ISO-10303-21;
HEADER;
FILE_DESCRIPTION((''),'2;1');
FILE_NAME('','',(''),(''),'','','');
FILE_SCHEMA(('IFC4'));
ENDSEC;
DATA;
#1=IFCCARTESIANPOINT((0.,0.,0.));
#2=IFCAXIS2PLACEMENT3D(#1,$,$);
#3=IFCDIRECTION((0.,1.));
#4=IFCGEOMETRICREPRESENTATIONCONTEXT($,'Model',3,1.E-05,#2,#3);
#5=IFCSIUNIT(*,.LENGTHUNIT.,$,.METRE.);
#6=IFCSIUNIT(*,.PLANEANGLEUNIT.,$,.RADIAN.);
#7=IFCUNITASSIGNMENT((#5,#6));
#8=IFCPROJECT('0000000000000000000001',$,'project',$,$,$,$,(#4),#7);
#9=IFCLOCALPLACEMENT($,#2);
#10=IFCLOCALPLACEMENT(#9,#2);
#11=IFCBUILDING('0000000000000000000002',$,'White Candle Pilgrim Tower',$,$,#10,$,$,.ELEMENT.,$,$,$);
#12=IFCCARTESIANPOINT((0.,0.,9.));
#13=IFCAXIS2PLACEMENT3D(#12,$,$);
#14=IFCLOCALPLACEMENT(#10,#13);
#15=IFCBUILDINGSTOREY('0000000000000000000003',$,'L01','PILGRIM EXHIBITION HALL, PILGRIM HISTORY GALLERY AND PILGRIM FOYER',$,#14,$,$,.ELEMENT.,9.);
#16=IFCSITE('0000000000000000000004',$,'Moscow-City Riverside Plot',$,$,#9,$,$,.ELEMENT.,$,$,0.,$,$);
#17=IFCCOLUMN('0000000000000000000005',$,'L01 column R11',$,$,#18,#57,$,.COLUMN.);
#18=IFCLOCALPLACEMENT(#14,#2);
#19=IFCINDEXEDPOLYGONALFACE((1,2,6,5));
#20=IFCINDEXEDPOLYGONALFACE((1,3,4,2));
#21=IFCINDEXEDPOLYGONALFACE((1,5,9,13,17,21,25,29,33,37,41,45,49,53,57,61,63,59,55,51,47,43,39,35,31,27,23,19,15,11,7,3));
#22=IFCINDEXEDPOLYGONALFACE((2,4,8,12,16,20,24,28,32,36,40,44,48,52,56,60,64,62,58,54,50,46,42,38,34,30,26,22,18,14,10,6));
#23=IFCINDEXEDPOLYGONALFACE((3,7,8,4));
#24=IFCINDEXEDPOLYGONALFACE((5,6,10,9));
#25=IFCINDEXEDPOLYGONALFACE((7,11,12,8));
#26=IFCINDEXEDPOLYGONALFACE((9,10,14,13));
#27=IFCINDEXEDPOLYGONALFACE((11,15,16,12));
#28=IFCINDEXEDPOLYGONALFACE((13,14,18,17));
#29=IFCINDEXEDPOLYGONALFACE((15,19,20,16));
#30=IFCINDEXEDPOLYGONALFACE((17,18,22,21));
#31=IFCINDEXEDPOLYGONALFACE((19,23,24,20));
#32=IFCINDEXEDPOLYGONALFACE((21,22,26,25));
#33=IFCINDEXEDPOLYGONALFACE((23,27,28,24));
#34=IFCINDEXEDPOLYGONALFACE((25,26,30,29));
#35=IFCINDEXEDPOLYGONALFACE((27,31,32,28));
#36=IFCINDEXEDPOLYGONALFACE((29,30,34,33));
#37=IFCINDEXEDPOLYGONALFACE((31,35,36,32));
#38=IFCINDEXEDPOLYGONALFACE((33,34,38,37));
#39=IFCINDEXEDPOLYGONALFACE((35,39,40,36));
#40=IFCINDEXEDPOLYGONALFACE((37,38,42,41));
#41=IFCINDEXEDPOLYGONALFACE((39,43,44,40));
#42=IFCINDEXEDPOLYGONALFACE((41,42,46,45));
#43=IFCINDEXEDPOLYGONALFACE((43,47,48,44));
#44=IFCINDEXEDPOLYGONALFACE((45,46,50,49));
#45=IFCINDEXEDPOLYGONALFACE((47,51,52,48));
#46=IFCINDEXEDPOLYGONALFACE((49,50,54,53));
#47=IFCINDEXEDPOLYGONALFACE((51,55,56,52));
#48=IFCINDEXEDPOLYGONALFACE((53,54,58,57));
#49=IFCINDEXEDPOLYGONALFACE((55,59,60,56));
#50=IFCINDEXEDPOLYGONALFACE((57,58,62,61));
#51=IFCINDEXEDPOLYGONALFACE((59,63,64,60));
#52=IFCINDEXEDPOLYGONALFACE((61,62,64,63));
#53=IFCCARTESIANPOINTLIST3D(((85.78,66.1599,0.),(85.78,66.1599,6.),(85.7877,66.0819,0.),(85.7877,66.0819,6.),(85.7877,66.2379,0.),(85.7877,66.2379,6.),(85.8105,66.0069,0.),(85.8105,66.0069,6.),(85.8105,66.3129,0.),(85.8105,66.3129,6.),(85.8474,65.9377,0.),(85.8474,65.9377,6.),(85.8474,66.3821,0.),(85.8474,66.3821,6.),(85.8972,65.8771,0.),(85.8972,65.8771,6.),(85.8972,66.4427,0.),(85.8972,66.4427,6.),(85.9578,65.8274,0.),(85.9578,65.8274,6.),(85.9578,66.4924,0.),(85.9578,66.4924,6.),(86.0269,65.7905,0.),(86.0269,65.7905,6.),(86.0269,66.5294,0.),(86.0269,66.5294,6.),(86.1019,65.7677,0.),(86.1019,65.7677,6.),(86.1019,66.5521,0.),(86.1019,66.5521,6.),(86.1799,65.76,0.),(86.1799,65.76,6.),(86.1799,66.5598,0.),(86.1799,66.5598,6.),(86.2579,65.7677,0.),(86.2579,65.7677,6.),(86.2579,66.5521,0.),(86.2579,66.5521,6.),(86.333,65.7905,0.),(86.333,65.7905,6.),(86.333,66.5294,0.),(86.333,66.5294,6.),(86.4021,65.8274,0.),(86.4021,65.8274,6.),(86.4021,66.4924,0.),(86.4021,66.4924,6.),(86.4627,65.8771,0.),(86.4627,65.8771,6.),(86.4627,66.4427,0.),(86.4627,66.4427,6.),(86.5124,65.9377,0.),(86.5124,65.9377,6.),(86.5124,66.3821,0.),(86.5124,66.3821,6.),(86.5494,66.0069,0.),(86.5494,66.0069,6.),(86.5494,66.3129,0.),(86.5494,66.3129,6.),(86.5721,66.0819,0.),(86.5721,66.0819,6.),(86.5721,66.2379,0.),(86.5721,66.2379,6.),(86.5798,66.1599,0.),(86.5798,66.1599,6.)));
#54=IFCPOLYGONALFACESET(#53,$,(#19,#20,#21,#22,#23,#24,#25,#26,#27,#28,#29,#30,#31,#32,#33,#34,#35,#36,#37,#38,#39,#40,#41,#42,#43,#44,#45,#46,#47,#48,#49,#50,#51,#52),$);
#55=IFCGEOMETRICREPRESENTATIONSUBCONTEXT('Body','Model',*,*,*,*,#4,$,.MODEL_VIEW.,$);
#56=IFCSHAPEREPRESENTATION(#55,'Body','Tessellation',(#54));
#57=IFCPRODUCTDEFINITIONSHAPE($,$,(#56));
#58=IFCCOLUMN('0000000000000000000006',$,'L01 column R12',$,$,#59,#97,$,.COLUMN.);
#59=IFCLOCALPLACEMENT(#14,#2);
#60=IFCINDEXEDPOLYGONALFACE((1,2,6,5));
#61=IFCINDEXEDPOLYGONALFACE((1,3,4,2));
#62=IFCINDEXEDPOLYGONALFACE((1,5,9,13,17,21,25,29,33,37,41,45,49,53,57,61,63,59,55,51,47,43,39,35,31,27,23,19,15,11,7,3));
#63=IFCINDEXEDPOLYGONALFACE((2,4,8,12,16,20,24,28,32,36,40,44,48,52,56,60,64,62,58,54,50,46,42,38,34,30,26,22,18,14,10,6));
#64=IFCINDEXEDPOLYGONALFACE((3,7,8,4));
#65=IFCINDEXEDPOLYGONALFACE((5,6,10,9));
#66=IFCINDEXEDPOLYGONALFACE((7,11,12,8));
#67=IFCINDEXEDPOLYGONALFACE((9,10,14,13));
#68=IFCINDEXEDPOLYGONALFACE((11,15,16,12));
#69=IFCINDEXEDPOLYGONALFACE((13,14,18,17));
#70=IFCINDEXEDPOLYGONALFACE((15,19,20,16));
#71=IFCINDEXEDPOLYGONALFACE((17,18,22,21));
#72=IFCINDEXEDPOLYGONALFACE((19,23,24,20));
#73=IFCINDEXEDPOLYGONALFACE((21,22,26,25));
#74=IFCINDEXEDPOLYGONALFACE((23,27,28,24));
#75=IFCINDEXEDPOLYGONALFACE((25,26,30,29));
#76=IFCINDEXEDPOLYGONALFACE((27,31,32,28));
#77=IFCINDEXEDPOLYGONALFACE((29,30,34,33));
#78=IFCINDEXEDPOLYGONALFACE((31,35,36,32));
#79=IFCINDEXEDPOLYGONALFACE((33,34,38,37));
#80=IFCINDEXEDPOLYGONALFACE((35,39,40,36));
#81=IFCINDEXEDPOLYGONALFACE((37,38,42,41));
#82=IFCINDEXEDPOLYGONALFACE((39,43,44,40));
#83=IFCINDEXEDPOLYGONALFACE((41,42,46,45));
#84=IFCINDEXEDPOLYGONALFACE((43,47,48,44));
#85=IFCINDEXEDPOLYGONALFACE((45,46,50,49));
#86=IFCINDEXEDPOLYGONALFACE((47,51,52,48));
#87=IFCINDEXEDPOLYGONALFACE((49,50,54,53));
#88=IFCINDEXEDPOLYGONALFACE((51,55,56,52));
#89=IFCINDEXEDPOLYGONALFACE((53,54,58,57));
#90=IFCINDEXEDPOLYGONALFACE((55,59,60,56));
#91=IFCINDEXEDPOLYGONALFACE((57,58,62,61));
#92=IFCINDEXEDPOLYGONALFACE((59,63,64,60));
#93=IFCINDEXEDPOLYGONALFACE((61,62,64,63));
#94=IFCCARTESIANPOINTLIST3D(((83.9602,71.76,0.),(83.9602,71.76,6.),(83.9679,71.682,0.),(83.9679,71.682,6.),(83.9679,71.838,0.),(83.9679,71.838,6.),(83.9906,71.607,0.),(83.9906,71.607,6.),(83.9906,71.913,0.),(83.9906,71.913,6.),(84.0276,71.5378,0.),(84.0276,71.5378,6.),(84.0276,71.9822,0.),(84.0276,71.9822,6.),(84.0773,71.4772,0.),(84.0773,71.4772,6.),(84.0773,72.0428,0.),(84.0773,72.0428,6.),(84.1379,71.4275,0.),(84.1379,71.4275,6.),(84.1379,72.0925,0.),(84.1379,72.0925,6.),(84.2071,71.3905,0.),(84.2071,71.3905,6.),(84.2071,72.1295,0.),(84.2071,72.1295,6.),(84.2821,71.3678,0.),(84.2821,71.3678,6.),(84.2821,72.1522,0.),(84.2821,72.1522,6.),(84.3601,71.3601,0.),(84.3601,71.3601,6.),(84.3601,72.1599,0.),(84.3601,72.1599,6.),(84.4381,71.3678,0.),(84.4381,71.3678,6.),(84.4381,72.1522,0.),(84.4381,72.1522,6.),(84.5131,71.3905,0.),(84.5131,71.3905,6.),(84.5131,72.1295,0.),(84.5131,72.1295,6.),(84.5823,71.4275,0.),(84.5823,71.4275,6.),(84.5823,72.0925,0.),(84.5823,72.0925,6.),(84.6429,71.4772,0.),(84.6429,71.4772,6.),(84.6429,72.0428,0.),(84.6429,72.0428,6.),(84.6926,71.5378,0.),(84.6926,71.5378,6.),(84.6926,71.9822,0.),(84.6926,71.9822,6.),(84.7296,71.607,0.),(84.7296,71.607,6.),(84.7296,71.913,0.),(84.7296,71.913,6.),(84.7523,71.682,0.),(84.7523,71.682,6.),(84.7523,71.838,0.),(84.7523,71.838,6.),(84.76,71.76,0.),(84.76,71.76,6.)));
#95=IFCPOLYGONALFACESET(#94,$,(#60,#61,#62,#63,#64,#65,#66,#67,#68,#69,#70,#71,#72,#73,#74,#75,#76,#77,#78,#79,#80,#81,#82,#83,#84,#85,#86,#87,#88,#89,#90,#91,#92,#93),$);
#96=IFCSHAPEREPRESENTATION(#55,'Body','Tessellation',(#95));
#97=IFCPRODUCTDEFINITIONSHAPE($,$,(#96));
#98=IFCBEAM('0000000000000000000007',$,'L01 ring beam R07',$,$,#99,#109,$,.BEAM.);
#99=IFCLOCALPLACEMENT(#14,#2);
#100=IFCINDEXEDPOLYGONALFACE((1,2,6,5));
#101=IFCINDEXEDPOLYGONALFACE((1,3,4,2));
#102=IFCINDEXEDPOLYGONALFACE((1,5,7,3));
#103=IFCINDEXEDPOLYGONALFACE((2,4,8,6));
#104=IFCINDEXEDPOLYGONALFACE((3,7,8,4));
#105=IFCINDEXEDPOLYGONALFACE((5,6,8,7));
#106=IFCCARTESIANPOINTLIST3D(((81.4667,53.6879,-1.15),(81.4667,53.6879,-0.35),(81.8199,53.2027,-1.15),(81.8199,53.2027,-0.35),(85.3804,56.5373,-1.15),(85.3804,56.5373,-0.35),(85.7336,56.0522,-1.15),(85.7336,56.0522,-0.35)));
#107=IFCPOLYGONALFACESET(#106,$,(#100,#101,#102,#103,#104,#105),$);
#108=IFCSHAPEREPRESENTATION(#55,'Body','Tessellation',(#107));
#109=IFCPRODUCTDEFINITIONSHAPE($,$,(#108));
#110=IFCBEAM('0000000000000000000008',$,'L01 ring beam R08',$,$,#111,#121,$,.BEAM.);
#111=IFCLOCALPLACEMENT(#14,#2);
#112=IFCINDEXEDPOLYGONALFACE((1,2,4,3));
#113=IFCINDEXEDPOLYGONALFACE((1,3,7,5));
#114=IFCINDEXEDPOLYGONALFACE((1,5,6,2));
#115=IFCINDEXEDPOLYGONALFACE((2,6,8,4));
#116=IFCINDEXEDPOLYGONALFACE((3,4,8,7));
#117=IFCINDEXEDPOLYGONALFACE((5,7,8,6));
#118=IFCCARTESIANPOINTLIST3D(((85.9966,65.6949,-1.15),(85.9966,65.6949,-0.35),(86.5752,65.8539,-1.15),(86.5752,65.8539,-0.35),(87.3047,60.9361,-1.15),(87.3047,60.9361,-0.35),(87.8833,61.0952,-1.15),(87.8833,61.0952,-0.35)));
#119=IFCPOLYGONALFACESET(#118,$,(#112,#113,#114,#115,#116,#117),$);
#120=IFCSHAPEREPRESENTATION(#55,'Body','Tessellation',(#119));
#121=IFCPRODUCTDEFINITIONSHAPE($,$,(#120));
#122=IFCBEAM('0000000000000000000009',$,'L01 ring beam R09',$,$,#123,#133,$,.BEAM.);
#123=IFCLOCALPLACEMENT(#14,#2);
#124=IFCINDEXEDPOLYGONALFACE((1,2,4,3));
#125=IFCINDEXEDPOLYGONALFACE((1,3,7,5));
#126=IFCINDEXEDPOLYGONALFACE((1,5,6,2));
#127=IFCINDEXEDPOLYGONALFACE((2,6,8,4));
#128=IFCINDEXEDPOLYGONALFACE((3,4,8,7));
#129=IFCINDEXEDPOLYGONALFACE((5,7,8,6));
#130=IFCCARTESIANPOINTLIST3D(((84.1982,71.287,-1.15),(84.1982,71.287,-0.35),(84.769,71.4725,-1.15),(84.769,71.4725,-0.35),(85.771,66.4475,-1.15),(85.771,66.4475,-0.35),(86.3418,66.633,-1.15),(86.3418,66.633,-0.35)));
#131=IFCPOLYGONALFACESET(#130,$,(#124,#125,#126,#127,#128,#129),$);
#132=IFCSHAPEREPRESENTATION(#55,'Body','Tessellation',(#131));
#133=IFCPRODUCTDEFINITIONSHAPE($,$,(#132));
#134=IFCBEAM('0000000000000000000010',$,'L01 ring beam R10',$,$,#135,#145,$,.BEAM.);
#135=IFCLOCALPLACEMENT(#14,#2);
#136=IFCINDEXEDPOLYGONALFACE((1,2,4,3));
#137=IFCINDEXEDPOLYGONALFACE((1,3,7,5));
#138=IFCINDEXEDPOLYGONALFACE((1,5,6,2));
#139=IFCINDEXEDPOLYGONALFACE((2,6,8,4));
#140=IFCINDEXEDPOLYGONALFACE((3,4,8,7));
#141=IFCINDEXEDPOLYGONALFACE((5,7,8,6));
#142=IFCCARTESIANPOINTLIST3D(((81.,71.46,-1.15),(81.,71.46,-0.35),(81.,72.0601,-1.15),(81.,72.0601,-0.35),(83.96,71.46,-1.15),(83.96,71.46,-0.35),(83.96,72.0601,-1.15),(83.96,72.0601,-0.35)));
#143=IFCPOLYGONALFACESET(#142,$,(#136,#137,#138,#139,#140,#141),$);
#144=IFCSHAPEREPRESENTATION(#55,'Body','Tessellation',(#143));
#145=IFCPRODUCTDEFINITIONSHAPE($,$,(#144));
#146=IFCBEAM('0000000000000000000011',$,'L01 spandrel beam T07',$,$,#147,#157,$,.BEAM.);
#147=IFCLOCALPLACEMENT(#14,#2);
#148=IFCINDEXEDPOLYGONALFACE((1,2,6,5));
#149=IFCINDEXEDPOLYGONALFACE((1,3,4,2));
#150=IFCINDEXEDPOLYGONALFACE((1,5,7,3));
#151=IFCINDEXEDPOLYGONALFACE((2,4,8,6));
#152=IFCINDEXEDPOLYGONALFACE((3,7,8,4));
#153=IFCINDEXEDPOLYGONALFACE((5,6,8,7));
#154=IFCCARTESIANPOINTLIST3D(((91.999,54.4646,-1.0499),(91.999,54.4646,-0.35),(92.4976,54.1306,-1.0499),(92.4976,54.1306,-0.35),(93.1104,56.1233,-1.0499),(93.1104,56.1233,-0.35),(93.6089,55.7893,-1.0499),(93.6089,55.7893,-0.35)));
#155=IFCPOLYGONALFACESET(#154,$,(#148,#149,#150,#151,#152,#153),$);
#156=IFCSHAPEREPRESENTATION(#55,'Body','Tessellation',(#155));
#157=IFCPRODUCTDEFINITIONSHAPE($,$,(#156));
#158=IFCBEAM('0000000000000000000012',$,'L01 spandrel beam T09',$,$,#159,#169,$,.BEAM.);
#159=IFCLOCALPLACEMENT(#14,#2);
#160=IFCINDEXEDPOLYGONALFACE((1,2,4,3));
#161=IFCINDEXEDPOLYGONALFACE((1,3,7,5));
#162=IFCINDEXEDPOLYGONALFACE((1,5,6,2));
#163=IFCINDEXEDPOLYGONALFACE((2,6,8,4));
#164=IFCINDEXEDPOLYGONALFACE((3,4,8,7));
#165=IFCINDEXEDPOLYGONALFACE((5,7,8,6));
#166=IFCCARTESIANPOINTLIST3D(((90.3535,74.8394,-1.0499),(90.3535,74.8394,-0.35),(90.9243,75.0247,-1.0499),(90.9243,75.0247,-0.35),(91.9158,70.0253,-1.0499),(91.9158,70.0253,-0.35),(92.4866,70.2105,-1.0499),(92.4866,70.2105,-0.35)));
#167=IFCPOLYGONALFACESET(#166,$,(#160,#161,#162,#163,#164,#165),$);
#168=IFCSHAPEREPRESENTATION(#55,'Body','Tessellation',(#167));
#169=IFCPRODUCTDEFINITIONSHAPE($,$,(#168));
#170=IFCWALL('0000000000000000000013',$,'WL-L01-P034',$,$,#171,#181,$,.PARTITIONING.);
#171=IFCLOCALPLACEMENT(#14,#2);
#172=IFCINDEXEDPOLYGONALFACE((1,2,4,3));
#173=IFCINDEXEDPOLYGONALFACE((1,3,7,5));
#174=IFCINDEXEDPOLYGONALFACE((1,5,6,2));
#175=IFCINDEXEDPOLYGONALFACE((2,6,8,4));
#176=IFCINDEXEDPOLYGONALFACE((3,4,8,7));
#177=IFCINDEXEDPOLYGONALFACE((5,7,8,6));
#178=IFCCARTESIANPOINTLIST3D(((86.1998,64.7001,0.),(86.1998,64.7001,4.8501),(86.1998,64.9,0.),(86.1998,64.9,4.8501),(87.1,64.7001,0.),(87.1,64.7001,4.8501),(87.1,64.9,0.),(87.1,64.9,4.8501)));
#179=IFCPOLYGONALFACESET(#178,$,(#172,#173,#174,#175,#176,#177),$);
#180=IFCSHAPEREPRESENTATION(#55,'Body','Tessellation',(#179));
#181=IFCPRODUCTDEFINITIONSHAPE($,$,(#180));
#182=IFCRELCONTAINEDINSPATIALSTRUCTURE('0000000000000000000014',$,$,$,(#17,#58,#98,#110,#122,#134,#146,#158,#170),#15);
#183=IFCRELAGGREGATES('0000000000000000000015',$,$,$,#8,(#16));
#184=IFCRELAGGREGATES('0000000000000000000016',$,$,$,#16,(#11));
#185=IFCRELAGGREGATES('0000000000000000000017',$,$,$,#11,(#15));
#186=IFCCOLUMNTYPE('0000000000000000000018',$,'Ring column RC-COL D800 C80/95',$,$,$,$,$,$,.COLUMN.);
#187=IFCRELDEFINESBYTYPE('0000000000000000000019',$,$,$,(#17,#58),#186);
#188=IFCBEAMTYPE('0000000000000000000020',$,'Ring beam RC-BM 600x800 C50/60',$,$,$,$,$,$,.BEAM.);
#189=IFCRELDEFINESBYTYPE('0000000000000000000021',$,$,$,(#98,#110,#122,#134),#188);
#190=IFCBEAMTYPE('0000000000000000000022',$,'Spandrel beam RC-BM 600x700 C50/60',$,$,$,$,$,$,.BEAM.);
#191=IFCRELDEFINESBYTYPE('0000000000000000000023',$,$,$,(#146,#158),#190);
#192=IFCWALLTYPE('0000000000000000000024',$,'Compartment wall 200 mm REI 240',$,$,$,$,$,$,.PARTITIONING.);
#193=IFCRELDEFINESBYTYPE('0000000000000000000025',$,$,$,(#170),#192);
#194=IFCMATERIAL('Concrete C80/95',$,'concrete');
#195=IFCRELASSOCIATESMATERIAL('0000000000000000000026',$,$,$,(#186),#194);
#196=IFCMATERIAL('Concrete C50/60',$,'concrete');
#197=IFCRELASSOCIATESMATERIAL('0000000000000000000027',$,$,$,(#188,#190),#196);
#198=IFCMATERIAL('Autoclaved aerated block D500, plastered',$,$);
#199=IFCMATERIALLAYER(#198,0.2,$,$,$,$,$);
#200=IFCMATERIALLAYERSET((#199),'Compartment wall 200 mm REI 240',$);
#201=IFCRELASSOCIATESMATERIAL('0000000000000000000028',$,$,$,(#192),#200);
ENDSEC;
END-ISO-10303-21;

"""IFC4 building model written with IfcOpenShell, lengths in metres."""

from ifc_helpers import new_model, si_unit, direction, frame, frame_2d, origin, origin_2d, place, context, subcontext, project, spatial, rectangle, circle, extrude, material, layer, layer_set, material_profile, profile_set, type_object, element, save


model = new_model("IFC4")

# Units and contexts
model_context = context("Model", 3, precision=1e-05, world=origin(), true_north=direction((0.0, 1.0)))
body_context = subcontext(model_context, "Body", "Model", "MODEL_VIEW")
ifc_project = project(units=[si_unit("LENGTHUNIT", "METRE"), si_unit("PLANEANGLEUNIT", "RADIAN")], contexts=[model_context])

# Site, building, storey
site_placement = place(None, origin())
site = spatial("IfcSite", under=ifc_project, at=site_placement, Name="Moscow-City Riverside Plot", CompositionType="ELEMENT", RefElevation=0.0)
building_placement = place(site_placement, origin())
building = spatial("IfcBuilding", under=site, at=building_placement, Name="White Candle Pilgrim Tower", CompositionType="ELEMENT")
storey_placement = place(building_placement, frame((0.0, 0.0, 9.0)))
storey = spatial("IfcBuildingStorey", under=building, at=storey_placement, Name="L01", Description="PILGRIM EXHIBITION HALL, PILGRIM HISTORY GALLERY AND PILGRIM FOYER", CompositionType="ELEMENT", Elevation=9.0)

# Columns
ifc_material_1 = material(Name="Concrete C80/95", Category="concrete")
ifc_material_profile_1 = material_profile(ifc_material_1, circle(Radius=0.3999, at=origin_2d()), Name="RC-COL D800")
ifc_profile_set_1 = profile_set([ifc_material_profile_1], Name="Concrete C80/95")
column_type_1 = type_object("IfcColumnType", Name="Ring column RC-COL D800 C80/95", PredefinedType="COLUMN", material=ifc_profile_set_1)
for number, where, z_axis, x_axis, name in (
    (1, (86.1799, 66.1599, 0.0), (0.0, 0.0, 1.0), (1.0, 0.0, 0.0), "L01 column R11"),
    (2, (84.3601, 71.76, 0.0), (0.0, 0.0, 1.0), (1.0, 0.0, 0.0), "L01 column R12"),
):
    element("IfcColumn", number, at=place(storey_placement, frame(where, z_axis=z_axis, x_axis=x_axis)), inside=storey, type_object=column_type_1, Name=name, PredefinedType="COLUMN", context=body_context, shape_type="SweptSolid", body=[
        extrude(circle(Radius=0.3999, at=origin_2d()), origin(), (0.0, 0.0, 1.0), 6.0),
    ])

# Beams
ifc_material_2 = material(Name="Concrete C50/60", Category="concrete")
ifc_material_profile_2 = material_profile(ifc_material_2, rectangle(XDim=0.6001, YDim=0.8, at=origin_2d()), Name="RC-BM 600x800")
ifc_profile_set_2 = profile_set([ifc_material_profile_2], Name="Concrete C50/60")
beam_type_1 = type_object("IfcBeamType", Name="Ring beam RC-BM 600x800 C50/60", PredefinedType="BEAM", material=ifc_profile_set_2)
beam_1_placement = place(storey_placement, frame((81.6433, 53.4453, -0.75), z_axis=(0.808428, 0.588594, 0.0), x_axis=(-0.588594, 0.808428, 0.0)))
element("IfcBeam", 3, at=beam_1_placement, inside=storey, type_object=beam_type_1, Name="L01 ring beam R07", PredefinedType="BEAM", context=body_context, shape_type="SweptSolid", body=[
    extrude(rectangle(XDim=0.6001, YDim=0.8, at=origin_2d()), origin(), (0.0, 0.0, 1.0), 4.8411),
])
beam_2_placement = place(storey_placement, frame((87.594, 61.0156, -0.75), z_axis=(-0.265051, 0.964234, 0.0), x_axis=(-0.964234, -0.265051, 0.0)))
element("IfcBeam", 4, at=beam_2_placement, inside=storey, type_object=beam_type_1, Name="L01 ring beam R08", PredefinedType="BEAM", context=body_context, shape_type="SweptSolid", body=[
    extrude(rectangle(XDim=0.6001, YDim=0.8, at=origin_2d()), origin(), (0.0, 0.0, 1.0), 4.9353),
])
beam_3_placement = place(storey_placement, frame((86.0564, 66.5403, -0.75), z_axis=(-0.30908, 0.951036, 0.0), x_axis=(-0.951036, -0.30908, 0.0)))
element("IfcBeam", 5, at=beam_3_placement, inside=storey, type_object=beam_type_1, Name="L01 ring beam R09", PredefinedType="BEAM", context=body_context, shape_type="SweptSolid", body=[
    extrude(rectangle(XDim=0.6001, YDim=0.8, at=origin_2d()), origin(), (0.0, 0.0, 1.0), 5.0886),
])
beam_4_placement = place(storey_placement, frame((83.96, 71.76, -0.75), z_axis=(-1.0, 0.0, 0.0), x_axis=(0.0, -1.0, 0.0)))
element("IfcBeam", 6, at=beam_4_placement, inside=storey, type_object=beam_type_1, Name="L01 ring beam R10", PredefinedType="BEAM", context=body_context, shape_type="SweptSolid", body=[
    extrude(rectangle(XDim=0.6001, YDim=0.8, at=origin_2d()), origin(), (0.0, 0.0, 1.0), 2.96),
])
ifc_material_profile_3 = material_profile(ifc_material_2, rectangle(XDim=0.6001, YDim=0.7, at=origin_2d()), Name="RC-BM 600x700")
ifc_profile_set_3 = profile_set([ifc_material_profile_3], Name="Concrete C50/60")
beam_type_2 = type_object("IfcBeamType", Name="Spandrel beam RC-BM 600x700 C50/60", PredefinedType="BEAM", material=ifc_profile_set_3)
beam_5_placement = place(storey_placement, frame((92.2483, 54.2976, -0.7), z_axis=(0.556618, 0.830769, 0.0), x_axis=(-0.830769, 0.556618, 0.0)))
element("IfcBeam", 7, at=beam_5_placement, inside=storey, type_object=beam_type_2, Name="L01 spandrel beam T07", PredefinedType="BEAM", context=body_context, shape_type="SweptSolid", body=[
    extrude(rectangle(XDim=0.6001, YDim=0.7, at=origin_2d()), origin(), (0.0, 0.0, 1.0), 1.9966),
])
beam_6_placement = place(storey_placement, frame((92.2012, 70.1179, -0.7), z_axis=(-0.308664, 0.951171, 0.0), x_axis=(-0.951171, -0.308664, 0.0)))
element("IfcBeam", 8, at=beam_6_placement, inside=storey, type_object=beam_type_2, Name="L01 spandrel beam T09", PredefinedType="BEAM", context=body_context, shape_type="SweptSolid", body=[
    extrude(rectangle(XDim=0.6001, YDim=0.7, at=origin_2d()), origin(), (0.0, 0.0, 1.0), 5.0613),
])

# Wall
ifc_material_3 = material(Name="Autoclaved aerated block D500, plastered")
ifc_layer_1 = layer(ifc_material_3, 0.2)
ifc_layer_set_1 = layer_set([ifc_layer_1], Name="Compartment wall 200 mm REI 240")
wall_type_1 = type_object("IfcWallType", Name="Compartment wall 200 mm REI 240", PredefinedType="PARTITIONING", material=ifc_layer_set_1)
wall_1_placement = place(storey_placement, frame((87.1001, 64.8, 0.0), z_axis=(0.0, 0.0, 1.0), x_axis=(-1.0, 0.0, 0.0)))
element("IfcWall", 9, at=wall_1_placement, inside=storey, type_object=wall_type_1, Name="WL-L01-P034", PredefinedType="PARTITIONING", context=body_context, shape_type="SweptSolid", body=[
    extrude(rectangle(XDim=0.9001, YDim=0.2, at=frame_2d((0.4502, 0.0))), origin(), (0.0, 0.0, 1.0), 4.8501),
])

save(model, "model.ifc")
